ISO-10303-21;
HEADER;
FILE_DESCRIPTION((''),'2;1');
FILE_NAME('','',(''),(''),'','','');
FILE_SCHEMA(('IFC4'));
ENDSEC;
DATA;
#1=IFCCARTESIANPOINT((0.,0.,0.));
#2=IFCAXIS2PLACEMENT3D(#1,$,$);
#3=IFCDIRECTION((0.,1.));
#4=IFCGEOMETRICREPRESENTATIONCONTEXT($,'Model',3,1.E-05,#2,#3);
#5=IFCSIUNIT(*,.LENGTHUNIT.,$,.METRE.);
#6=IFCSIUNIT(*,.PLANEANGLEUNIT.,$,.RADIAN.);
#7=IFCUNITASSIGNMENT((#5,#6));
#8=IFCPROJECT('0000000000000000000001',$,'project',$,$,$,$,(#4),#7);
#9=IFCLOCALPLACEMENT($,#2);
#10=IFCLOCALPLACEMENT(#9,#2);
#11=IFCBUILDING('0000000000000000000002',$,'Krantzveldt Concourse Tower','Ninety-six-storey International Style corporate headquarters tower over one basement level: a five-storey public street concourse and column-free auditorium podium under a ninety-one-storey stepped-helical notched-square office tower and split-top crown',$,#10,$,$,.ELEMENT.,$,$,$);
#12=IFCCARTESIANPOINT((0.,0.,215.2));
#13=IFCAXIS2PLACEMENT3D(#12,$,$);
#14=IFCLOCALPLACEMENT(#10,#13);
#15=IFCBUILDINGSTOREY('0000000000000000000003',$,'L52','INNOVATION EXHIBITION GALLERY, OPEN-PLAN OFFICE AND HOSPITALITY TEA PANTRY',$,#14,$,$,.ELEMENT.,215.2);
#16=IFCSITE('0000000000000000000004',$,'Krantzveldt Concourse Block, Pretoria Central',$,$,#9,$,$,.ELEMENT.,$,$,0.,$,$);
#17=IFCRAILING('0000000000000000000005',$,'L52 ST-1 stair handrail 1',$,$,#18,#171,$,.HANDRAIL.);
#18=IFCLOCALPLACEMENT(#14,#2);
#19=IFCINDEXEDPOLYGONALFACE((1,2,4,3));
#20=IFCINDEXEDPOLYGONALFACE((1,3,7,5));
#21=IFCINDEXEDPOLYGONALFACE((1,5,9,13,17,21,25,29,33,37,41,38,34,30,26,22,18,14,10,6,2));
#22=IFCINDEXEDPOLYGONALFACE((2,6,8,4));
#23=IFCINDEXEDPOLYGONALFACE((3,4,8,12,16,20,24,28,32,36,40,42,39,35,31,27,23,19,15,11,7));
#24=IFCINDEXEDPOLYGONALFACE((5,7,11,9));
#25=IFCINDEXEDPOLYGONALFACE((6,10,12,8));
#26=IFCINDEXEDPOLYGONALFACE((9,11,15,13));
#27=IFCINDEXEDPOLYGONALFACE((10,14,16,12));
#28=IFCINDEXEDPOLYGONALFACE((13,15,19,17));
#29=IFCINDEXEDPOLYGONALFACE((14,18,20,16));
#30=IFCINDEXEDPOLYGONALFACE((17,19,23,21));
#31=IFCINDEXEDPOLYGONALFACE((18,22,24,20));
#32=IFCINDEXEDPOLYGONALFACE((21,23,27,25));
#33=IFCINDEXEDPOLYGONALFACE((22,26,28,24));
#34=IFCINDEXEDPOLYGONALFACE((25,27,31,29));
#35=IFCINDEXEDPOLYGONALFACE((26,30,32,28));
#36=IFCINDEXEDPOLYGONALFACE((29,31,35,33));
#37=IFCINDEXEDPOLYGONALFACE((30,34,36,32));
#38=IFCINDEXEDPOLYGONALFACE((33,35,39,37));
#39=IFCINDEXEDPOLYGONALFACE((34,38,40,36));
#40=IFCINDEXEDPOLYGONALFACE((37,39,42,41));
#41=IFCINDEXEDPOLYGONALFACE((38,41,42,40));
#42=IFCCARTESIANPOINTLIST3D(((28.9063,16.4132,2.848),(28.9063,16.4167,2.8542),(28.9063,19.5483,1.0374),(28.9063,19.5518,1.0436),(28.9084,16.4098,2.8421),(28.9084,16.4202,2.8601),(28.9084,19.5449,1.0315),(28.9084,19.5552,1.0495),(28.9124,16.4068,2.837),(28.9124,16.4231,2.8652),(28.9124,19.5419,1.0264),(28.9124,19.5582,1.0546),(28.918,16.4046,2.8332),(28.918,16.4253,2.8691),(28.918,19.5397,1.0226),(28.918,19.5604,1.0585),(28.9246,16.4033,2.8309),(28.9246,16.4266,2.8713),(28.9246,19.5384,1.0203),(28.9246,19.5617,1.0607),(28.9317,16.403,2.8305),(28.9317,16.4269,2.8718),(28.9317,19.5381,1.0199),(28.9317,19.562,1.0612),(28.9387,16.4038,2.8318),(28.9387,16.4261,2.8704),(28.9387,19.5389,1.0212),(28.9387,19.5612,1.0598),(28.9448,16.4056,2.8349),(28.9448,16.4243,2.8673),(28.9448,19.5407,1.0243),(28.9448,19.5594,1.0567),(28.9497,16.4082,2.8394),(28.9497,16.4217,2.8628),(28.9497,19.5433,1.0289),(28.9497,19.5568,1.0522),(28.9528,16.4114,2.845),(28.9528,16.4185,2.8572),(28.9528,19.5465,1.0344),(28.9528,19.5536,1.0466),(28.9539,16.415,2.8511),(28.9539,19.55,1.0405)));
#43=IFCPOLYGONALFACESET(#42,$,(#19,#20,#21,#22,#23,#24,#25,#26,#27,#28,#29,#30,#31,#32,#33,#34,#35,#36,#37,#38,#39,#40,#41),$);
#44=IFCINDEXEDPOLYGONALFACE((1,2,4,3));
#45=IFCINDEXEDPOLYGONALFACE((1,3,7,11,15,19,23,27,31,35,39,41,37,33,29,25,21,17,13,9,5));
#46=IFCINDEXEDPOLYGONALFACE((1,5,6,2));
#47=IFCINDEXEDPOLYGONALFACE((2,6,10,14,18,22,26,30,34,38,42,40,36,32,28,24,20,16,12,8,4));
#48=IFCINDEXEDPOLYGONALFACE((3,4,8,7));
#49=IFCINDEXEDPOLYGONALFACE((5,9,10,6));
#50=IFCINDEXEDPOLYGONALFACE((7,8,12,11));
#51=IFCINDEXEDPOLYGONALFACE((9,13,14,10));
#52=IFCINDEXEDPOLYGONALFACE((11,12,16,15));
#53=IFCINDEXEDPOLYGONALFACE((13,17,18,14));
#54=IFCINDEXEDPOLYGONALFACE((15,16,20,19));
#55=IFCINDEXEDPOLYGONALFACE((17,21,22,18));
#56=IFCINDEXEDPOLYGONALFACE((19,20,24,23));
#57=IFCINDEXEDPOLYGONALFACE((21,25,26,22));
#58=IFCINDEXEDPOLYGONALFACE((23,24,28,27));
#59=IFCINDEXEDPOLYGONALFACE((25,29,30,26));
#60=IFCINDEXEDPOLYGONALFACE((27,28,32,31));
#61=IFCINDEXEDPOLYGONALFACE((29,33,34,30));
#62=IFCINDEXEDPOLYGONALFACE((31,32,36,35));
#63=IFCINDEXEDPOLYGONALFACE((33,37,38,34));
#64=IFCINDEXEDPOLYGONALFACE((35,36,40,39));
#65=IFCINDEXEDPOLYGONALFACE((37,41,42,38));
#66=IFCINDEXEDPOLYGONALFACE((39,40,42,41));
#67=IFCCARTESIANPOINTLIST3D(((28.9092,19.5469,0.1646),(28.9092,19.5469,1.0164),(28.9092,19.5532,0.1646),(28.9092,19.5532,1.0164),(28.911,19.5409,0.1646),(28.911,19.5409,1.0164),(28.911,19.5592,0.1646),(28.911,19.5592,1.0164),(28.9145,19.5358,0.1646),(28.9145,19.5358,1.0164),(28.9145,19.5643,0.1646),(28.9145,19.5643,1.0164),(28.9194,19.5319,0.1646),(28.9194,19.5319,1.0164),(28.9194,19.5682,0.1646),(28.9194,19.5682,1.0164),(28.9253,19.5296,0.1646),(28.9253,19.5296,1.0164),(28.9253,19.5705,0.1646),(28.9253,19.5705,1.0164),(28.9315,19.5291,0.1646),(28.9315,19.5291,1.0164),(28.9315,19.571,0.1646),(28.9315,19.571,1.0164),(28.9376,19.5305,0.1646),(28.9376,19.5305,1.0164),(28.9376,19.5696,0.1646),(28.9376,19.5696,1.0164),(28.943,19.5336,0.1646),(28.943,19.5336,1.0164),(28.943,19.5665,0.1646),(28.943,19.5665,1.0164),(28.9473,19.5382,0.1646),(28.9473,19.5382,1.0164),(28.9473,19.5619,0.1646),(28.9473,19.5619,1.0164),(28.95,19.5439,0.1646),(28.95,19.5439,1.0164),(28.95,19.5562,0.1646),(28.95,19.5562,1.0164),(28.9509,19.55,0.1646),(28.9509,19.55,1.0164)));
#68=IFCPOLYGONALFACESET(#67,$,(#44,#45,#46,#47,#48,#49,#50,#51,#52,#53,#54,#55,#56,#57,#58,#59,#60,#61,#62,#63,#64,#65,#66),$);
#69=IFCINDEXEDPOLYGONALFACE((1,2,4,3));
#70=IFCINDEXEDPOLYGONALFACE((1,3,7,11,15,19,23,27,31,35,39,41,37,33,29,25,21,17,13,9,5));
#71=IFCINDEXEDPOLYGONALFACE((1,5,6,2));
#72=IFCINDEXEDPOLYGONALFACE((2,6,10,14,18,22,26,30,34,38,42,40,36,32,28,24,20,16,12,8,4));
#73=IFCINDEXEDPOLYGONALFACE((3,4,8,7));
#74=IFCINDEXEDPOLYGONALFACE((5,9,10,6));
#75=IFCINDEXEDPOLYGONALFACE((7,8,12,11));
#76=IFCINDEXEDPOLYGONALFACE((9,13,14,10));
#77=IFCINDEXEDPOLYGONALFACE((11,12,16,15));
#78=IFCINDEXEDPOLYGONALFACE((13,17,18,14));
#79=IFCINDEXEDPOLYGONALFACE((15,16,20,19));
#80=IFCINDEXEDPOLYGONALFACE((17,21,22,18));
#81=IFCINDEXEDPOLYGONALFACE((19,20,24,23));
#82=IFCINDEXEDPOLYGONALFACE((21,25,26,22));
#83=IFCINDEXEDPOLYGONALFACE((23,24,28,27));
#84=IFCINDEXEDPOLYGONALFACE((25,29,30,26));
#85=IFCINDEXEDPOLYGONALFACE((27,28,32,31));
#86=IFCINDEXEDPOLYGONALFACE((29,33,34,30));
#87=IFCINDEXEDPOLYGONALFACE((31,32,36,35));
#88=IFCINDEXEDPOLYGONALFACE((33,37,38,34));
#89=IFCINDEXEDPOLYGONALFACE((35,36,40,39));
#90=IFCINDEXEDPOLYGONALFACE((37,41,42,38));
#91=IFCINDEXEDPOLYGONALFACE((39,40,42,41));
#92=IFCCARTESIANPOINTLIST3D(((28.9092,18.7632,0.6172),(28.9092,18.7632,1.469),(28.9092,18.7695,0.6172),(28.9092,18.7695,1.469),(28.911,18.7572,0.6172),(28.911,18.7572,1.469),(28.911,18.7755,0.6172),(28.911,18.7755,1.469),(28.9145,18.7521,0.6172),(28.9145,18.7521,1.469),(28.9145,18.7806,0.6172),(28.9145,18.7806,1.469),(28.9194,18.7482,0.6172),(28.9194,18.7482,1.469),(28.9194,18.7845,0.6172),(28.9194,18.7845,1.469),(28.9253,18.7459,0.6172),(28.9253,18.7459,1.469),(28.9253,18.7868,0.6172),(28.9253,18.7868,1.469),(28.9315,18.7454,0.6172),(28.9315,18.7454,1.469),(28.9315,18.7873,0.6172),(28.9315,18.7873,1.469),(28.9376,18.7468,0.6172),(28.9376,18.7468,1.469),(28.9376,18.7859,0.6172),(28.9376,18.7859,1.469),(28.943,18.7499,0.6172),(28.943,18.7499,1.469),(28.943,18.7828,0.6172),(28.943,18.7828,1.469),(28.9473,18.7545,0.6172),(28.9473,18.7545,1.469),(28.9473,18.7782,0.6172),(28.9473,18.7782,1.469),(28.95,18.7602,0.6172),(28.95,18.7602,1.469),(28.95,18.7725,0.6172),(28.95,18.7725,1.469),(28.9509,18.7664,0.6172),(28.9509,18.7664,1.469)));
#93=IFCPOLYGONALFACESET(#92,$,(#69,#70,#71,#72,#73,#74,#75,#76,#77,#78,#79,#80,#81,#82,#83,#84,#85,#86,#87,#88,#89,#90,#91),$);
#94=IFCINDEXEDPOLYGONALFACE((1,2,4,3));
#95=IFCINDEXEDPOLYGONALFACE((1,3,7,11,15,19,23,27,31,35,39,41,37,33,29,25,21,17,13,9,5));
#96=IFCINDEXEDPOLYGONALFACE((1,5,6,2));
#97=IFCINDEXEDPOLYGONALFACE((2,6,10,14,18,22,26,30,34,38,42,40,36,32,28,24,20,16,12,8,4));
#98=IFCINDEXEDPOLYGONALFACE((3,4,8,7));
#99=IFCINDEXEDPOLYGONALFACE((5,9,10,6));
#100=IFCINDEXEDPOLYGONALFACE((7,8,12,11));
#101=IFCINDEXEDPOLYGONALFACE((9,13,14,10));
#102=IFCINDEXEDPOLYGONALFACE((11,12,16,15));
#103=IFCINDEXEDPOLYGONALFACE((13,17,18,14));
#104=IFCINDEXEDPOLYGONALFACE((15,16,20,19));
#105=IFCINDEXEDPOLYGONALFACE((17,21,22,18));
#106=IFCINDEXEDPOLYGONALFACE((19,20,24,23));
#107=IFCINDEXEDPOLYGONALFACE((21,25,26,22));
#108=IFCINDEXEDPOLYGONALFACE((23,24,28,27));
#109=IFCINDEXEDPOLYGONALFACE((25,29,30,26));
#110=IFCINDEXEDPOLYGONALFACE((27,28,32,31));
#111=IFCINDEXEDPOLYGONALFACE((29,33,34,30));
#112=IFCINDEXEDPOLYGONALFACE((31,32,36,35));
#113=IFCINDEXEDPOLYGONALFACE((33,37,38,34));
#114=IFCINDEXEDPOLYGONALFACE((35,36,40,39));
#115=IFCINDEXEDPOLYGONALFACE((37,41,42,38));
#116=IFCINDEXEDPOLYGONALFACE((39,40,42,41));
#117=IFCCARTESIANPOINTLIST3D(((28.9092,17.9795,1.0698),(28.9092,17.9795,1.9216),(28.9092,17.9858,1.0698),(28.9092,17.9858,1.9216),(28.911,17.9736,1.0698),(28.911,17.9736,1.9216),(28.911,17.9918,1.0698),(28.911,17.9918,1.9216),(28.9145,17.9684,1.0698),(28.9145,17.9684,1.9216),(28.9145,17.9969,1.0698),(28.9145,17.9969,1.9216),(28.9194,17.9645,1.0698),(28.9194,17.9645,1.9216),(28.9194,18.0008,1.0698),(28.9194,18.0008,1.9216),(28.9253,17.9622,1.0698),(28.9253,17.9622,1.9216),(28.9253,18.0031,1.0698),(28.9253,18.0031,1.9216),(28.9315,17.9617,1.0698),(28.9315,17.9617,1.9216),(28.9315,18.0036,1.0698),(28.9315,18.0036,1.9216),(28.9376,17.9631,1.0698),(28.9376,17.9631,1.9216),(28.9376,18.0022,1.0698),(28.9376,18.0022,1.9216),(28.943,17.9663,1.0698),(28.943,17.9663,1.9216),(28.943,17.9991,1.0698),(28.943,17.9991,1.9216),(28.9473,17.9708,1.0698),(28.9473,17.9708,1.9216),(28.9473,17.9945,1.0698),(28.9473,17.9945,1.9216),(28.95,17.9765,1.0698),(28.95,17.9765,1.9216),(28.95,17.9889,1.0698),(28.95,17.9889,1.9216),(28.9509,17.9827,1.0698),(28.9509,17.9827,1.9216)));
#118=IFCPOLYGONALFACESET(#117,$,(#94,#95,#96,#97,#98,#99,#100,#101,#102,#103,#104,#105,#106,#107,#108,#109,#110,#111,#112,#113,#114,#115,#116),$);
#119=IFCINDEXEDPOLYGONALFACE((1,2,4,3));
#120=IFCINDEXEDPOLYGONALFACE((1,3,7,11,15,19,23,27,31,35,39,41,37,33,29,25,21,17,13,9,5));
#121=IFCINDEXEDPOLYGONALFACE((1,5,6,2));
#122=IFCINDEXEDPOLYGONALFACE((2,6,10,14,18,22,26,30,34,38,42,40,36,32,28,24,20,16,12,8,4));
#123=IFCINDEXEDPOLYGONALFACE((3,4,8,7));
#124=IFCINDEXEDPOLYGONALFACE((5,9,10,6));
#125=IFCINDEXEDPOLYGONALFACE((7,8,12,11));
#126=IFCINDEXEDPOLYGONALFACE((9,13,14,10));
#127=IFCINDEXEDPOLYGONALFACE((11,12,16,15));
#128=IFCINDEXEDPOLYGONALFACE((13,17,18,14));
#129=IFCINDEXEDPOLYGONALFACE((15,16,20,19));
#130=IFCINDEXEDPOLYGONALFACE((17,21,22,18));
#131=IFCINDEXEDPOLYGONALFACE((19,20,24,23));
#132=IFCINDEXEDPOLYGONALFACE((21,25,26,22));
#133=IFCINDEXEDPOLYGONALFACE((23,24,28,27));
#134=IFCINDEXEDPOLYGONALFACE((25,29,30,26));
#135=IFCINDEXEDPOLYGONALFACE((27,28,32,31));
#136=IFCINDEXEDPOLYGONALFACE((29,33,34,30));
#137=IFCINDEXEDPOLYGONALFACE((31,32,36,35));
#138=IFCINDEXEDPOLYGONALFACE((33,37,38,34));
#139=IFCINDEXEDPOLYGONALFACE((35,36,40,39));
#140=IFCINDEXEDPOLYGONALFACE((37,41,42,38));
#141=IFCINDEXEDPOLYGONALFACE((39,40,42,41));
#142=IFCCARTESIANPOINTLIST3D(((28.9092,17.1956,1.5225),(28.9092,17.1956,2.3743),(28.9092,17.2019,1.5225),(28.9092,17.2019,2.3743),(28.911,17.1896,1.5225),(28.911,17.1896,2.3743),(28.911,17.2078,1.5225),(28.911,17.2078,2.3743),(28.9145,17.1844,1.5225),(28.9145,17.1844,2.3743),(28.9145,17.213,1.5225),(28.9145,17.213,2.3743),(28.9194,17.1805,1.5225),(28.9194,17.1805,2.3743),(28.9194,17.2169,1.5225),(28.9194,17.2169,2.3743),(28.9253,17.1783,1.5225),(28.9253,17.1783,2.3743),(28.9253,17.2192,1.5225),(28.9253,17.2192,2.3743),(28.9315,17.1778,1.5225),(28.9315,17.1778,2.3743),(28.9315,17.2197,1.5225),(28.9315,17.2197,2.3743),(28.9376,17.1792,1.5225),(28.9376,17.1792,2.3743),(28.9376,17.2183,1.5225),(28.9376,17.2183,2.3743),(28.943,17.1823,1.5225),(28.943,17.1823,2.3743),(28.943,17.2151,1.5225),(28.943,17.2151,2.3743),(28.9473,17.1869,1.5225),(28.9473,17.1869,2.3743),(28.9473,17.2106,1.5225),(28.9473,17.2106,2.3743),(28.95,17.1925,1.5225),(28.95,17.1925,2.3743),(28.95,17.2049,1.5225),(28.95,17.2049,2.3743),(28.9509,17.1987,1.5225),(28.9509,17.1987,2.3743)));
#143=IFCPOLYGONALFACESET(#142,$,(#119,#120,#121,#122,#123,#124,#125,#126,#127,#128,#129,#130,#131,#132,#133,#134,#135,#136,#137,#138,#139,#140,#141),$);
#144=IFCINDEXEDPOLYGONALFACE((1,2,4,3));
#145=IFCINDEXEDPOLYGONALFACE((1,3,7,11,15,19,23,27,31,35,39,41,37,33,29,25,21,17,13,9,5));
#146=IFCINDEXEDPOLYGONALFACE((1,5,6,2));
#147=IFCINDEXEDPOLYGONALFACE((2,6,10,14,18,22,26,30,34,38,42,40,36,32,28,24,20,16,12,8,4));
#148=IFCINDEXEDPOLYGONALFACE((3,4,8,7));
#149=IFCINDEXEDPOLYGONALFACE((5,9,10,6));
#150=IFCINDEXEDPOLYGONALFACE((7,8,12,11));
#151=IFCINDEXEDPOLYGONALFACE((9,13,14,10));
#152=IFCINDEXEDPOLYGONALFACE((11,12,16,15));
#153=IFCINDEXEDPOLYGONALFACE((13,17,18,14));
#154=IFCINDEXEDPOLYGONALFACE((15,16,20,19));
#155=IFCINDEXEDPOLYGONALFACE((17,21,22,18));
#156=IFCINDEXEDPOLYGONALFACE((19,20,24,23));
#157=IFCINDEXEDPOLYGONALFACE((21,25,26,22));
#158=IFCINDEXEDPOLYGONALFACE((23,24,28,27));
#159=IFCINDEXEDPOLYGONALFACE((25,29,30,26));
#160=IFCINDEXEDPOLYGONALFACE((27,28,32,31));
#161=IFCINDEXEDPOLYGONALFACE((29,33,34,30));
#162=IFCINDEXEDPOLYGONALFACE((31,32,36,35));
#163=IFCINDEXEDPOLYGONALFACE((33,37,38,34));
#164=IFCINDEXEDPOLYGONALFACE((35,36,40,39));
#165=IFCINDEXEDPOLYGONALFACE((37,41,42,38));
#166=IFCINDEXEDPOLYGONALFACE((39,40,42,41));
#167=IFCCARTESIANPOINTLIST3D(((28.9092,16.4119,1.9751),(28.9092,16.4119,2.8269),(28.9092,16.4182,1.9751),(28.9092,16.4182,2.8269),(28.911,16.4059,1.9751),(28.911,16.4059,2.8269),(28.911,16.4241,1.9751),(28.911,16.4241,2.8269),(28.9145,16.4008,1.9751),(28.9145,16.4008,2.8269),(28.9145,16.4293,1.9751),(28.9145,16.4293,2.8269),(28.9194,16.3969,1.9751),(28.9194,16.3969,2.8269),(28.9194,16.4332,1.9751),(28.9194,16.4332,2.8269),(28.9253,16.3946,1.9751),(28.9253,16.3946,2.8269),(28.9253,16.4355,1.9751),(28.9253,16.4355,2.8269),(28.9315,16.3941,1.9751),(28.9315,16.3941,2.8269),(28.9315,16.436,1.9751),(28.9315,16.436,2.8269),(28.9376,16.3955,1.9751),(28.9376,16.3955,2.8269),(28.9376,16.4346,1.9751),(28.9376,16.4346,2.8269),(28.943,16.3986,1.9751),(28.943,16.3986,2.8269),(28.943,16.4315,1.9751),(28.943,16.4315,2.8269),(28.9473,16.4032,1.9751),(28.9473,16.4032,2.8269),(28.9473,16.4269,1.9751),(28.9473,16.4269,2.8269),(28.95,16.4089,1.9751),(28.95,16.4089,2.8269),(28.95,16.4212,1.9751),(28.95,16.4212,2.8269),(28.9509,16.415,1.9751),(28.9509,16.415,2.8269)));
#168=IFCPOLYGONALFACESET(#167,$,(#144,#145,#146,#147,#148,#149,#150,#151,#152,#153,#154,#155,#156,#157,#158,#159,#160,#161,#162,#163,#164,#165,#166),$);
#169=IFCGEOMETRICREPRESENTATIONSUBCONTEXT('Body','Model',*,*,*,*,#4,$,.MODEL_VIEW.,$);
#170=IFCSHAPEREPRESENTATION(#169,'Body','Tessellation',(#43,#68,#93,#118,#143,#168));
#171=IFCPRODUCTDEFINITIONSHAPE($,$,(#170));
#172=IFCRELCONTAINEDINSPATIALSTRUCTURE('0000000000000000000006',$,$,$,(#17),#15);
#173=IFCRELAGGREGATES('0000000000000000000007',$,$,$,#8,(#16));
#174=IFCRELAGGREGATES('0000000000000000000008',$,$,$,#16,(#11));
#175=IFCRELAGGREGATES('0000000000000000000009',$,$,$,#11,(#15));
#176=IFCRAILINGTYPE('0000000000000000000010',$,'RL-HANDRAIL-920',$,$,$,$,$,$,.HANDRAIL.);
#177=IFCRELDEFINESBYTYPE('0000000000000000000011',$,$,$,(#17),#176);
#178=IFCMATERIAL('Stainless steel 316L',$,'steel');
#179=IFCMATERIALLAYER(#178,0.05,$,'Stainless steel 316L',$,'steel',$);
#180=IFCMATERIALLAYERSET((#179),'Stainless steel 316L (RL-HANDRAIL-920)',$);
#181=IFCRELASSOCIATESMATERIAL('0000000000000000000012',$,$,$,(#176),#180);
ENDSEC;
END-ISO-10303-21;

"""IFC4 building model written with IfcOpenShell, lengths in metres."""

from ifc_helpers import new_model, si_unit, direction, frame, origin, origin_2d, place, context, subcontext, project, spatial, circle, extrude, material, layer, layer_set, type_object, element, save


model = new_model("IFC4")

# Units and contexts
model_context = context("Model", 3, precision=1e-05, world=origin(), true_north=direction((0.0, 1.0)))
body_context = subcontext(model_context, "Body", "Model", "MODEL_VIEW")
ifc_project = project(units=[si_unit("LENGTHUNIT", "METRE"), si_unit("PLANEANGLEUNIT", "RADIAN")], contexts=[model_context])

# Site, building, storey
site_placement = place(None, origin())
site = spatial("IfcSite", under=ifc_project, at=site_placement, Name="Krantzveldt Concourse Block, Pretoria Central", CompositionType="ELEMENT", RefElevation=0.0)
building_placement = place(site_placement, origin())
building = spatial("IfcBuilding", under=site, at=building_placement, Name="Krantzveldt Concourse Tower", Description="Ninety-six-storey International Style corporate headquarters tower over one basement level: a five-storey public street concourse and column-free auditorium podium under a ninety-one-storey stepped-helical notched-square office tower and split-top crown", CompositionType="ELEMENT")
storey_placement = place(building_placement, frame((0.0, 0.0, 215.2)))
storey = spatial("IfcBuildingStorey", under=building, at=storey_placement, Name="L52", Description="INNOVATION EXHIBITION GALLERY, OPEN-PLAN OFFICE AND HOSPITALITY TEA PANTRY", CompositionType="ELEMENT", Elevation=215.2)

# Shared definitions
ifc_material_1 = material(Name="Stainless steel 316L", Category="steel")

# Railing
ifc_layer_1 = layer(ifc_material_1, 0.05, Name="Stainless steel 316L", Category="steel")
ifc_layer_set_1 = layer_set([ifc_layer_1], Name="Stainless steel 316L (RL-HANDRAIL-920)")
railing_type_1 = type_object("IfcRailingType", Name="RL-HANDRAIL-920", PredefinedType="HANDRAIL", material=ifc_layer_set_1)
railing_1_placement = place(storey_placement, frame((28.9299, 19.55, 0.1646)))
element("IfcRailing", 1, at=railing_1_placement, inside=storey, type_object=railing_type_1, Name="L52 ST-1 stair handrail 1", PredefinedType="HANDRAIL", context=body_context, shape_type="SweptSolid", body=[
    extrude(circle(Radius=0.0239, at=origin_2d()), frame((0.0, 0.0, 0.876), z_axis=(0.0, -0.86596, 0.500114), x_axis=(1.0, 0.0, 0.0)), (0.0, 0.0, 1.0), 3.6204),
    extrude(circle(Radius=0.021, at=origin_2d()), origin(), (0.0, 0.0, 1.0), 0.8518),
    extrude(circle(Radius=0.021, at=origin_2d()), frame((0.0, -0.7837, 0.4526)), (0.0, 0.0, 1.0), 0.8518),
    extrude(circle(Radius=0.021, at=origin_2d()), frame((0.0, -1.5674, 0.9053)), (0.0, 0.0, 1.0), 0.8518),
    extrude(circle(Radius=0.021, at=origin_2d()), frame((0.0, -2.3513, 1.3579)), (0.0, 0.0, 1.0), 0.8518),
    extrude(circle(Radius=0.021, at=origin_2d()), frame((0.0, -3.135, 1.8105)), (0.0, 0.0, 1.0), 0.8518),
])

save(model, "model.ifc")
